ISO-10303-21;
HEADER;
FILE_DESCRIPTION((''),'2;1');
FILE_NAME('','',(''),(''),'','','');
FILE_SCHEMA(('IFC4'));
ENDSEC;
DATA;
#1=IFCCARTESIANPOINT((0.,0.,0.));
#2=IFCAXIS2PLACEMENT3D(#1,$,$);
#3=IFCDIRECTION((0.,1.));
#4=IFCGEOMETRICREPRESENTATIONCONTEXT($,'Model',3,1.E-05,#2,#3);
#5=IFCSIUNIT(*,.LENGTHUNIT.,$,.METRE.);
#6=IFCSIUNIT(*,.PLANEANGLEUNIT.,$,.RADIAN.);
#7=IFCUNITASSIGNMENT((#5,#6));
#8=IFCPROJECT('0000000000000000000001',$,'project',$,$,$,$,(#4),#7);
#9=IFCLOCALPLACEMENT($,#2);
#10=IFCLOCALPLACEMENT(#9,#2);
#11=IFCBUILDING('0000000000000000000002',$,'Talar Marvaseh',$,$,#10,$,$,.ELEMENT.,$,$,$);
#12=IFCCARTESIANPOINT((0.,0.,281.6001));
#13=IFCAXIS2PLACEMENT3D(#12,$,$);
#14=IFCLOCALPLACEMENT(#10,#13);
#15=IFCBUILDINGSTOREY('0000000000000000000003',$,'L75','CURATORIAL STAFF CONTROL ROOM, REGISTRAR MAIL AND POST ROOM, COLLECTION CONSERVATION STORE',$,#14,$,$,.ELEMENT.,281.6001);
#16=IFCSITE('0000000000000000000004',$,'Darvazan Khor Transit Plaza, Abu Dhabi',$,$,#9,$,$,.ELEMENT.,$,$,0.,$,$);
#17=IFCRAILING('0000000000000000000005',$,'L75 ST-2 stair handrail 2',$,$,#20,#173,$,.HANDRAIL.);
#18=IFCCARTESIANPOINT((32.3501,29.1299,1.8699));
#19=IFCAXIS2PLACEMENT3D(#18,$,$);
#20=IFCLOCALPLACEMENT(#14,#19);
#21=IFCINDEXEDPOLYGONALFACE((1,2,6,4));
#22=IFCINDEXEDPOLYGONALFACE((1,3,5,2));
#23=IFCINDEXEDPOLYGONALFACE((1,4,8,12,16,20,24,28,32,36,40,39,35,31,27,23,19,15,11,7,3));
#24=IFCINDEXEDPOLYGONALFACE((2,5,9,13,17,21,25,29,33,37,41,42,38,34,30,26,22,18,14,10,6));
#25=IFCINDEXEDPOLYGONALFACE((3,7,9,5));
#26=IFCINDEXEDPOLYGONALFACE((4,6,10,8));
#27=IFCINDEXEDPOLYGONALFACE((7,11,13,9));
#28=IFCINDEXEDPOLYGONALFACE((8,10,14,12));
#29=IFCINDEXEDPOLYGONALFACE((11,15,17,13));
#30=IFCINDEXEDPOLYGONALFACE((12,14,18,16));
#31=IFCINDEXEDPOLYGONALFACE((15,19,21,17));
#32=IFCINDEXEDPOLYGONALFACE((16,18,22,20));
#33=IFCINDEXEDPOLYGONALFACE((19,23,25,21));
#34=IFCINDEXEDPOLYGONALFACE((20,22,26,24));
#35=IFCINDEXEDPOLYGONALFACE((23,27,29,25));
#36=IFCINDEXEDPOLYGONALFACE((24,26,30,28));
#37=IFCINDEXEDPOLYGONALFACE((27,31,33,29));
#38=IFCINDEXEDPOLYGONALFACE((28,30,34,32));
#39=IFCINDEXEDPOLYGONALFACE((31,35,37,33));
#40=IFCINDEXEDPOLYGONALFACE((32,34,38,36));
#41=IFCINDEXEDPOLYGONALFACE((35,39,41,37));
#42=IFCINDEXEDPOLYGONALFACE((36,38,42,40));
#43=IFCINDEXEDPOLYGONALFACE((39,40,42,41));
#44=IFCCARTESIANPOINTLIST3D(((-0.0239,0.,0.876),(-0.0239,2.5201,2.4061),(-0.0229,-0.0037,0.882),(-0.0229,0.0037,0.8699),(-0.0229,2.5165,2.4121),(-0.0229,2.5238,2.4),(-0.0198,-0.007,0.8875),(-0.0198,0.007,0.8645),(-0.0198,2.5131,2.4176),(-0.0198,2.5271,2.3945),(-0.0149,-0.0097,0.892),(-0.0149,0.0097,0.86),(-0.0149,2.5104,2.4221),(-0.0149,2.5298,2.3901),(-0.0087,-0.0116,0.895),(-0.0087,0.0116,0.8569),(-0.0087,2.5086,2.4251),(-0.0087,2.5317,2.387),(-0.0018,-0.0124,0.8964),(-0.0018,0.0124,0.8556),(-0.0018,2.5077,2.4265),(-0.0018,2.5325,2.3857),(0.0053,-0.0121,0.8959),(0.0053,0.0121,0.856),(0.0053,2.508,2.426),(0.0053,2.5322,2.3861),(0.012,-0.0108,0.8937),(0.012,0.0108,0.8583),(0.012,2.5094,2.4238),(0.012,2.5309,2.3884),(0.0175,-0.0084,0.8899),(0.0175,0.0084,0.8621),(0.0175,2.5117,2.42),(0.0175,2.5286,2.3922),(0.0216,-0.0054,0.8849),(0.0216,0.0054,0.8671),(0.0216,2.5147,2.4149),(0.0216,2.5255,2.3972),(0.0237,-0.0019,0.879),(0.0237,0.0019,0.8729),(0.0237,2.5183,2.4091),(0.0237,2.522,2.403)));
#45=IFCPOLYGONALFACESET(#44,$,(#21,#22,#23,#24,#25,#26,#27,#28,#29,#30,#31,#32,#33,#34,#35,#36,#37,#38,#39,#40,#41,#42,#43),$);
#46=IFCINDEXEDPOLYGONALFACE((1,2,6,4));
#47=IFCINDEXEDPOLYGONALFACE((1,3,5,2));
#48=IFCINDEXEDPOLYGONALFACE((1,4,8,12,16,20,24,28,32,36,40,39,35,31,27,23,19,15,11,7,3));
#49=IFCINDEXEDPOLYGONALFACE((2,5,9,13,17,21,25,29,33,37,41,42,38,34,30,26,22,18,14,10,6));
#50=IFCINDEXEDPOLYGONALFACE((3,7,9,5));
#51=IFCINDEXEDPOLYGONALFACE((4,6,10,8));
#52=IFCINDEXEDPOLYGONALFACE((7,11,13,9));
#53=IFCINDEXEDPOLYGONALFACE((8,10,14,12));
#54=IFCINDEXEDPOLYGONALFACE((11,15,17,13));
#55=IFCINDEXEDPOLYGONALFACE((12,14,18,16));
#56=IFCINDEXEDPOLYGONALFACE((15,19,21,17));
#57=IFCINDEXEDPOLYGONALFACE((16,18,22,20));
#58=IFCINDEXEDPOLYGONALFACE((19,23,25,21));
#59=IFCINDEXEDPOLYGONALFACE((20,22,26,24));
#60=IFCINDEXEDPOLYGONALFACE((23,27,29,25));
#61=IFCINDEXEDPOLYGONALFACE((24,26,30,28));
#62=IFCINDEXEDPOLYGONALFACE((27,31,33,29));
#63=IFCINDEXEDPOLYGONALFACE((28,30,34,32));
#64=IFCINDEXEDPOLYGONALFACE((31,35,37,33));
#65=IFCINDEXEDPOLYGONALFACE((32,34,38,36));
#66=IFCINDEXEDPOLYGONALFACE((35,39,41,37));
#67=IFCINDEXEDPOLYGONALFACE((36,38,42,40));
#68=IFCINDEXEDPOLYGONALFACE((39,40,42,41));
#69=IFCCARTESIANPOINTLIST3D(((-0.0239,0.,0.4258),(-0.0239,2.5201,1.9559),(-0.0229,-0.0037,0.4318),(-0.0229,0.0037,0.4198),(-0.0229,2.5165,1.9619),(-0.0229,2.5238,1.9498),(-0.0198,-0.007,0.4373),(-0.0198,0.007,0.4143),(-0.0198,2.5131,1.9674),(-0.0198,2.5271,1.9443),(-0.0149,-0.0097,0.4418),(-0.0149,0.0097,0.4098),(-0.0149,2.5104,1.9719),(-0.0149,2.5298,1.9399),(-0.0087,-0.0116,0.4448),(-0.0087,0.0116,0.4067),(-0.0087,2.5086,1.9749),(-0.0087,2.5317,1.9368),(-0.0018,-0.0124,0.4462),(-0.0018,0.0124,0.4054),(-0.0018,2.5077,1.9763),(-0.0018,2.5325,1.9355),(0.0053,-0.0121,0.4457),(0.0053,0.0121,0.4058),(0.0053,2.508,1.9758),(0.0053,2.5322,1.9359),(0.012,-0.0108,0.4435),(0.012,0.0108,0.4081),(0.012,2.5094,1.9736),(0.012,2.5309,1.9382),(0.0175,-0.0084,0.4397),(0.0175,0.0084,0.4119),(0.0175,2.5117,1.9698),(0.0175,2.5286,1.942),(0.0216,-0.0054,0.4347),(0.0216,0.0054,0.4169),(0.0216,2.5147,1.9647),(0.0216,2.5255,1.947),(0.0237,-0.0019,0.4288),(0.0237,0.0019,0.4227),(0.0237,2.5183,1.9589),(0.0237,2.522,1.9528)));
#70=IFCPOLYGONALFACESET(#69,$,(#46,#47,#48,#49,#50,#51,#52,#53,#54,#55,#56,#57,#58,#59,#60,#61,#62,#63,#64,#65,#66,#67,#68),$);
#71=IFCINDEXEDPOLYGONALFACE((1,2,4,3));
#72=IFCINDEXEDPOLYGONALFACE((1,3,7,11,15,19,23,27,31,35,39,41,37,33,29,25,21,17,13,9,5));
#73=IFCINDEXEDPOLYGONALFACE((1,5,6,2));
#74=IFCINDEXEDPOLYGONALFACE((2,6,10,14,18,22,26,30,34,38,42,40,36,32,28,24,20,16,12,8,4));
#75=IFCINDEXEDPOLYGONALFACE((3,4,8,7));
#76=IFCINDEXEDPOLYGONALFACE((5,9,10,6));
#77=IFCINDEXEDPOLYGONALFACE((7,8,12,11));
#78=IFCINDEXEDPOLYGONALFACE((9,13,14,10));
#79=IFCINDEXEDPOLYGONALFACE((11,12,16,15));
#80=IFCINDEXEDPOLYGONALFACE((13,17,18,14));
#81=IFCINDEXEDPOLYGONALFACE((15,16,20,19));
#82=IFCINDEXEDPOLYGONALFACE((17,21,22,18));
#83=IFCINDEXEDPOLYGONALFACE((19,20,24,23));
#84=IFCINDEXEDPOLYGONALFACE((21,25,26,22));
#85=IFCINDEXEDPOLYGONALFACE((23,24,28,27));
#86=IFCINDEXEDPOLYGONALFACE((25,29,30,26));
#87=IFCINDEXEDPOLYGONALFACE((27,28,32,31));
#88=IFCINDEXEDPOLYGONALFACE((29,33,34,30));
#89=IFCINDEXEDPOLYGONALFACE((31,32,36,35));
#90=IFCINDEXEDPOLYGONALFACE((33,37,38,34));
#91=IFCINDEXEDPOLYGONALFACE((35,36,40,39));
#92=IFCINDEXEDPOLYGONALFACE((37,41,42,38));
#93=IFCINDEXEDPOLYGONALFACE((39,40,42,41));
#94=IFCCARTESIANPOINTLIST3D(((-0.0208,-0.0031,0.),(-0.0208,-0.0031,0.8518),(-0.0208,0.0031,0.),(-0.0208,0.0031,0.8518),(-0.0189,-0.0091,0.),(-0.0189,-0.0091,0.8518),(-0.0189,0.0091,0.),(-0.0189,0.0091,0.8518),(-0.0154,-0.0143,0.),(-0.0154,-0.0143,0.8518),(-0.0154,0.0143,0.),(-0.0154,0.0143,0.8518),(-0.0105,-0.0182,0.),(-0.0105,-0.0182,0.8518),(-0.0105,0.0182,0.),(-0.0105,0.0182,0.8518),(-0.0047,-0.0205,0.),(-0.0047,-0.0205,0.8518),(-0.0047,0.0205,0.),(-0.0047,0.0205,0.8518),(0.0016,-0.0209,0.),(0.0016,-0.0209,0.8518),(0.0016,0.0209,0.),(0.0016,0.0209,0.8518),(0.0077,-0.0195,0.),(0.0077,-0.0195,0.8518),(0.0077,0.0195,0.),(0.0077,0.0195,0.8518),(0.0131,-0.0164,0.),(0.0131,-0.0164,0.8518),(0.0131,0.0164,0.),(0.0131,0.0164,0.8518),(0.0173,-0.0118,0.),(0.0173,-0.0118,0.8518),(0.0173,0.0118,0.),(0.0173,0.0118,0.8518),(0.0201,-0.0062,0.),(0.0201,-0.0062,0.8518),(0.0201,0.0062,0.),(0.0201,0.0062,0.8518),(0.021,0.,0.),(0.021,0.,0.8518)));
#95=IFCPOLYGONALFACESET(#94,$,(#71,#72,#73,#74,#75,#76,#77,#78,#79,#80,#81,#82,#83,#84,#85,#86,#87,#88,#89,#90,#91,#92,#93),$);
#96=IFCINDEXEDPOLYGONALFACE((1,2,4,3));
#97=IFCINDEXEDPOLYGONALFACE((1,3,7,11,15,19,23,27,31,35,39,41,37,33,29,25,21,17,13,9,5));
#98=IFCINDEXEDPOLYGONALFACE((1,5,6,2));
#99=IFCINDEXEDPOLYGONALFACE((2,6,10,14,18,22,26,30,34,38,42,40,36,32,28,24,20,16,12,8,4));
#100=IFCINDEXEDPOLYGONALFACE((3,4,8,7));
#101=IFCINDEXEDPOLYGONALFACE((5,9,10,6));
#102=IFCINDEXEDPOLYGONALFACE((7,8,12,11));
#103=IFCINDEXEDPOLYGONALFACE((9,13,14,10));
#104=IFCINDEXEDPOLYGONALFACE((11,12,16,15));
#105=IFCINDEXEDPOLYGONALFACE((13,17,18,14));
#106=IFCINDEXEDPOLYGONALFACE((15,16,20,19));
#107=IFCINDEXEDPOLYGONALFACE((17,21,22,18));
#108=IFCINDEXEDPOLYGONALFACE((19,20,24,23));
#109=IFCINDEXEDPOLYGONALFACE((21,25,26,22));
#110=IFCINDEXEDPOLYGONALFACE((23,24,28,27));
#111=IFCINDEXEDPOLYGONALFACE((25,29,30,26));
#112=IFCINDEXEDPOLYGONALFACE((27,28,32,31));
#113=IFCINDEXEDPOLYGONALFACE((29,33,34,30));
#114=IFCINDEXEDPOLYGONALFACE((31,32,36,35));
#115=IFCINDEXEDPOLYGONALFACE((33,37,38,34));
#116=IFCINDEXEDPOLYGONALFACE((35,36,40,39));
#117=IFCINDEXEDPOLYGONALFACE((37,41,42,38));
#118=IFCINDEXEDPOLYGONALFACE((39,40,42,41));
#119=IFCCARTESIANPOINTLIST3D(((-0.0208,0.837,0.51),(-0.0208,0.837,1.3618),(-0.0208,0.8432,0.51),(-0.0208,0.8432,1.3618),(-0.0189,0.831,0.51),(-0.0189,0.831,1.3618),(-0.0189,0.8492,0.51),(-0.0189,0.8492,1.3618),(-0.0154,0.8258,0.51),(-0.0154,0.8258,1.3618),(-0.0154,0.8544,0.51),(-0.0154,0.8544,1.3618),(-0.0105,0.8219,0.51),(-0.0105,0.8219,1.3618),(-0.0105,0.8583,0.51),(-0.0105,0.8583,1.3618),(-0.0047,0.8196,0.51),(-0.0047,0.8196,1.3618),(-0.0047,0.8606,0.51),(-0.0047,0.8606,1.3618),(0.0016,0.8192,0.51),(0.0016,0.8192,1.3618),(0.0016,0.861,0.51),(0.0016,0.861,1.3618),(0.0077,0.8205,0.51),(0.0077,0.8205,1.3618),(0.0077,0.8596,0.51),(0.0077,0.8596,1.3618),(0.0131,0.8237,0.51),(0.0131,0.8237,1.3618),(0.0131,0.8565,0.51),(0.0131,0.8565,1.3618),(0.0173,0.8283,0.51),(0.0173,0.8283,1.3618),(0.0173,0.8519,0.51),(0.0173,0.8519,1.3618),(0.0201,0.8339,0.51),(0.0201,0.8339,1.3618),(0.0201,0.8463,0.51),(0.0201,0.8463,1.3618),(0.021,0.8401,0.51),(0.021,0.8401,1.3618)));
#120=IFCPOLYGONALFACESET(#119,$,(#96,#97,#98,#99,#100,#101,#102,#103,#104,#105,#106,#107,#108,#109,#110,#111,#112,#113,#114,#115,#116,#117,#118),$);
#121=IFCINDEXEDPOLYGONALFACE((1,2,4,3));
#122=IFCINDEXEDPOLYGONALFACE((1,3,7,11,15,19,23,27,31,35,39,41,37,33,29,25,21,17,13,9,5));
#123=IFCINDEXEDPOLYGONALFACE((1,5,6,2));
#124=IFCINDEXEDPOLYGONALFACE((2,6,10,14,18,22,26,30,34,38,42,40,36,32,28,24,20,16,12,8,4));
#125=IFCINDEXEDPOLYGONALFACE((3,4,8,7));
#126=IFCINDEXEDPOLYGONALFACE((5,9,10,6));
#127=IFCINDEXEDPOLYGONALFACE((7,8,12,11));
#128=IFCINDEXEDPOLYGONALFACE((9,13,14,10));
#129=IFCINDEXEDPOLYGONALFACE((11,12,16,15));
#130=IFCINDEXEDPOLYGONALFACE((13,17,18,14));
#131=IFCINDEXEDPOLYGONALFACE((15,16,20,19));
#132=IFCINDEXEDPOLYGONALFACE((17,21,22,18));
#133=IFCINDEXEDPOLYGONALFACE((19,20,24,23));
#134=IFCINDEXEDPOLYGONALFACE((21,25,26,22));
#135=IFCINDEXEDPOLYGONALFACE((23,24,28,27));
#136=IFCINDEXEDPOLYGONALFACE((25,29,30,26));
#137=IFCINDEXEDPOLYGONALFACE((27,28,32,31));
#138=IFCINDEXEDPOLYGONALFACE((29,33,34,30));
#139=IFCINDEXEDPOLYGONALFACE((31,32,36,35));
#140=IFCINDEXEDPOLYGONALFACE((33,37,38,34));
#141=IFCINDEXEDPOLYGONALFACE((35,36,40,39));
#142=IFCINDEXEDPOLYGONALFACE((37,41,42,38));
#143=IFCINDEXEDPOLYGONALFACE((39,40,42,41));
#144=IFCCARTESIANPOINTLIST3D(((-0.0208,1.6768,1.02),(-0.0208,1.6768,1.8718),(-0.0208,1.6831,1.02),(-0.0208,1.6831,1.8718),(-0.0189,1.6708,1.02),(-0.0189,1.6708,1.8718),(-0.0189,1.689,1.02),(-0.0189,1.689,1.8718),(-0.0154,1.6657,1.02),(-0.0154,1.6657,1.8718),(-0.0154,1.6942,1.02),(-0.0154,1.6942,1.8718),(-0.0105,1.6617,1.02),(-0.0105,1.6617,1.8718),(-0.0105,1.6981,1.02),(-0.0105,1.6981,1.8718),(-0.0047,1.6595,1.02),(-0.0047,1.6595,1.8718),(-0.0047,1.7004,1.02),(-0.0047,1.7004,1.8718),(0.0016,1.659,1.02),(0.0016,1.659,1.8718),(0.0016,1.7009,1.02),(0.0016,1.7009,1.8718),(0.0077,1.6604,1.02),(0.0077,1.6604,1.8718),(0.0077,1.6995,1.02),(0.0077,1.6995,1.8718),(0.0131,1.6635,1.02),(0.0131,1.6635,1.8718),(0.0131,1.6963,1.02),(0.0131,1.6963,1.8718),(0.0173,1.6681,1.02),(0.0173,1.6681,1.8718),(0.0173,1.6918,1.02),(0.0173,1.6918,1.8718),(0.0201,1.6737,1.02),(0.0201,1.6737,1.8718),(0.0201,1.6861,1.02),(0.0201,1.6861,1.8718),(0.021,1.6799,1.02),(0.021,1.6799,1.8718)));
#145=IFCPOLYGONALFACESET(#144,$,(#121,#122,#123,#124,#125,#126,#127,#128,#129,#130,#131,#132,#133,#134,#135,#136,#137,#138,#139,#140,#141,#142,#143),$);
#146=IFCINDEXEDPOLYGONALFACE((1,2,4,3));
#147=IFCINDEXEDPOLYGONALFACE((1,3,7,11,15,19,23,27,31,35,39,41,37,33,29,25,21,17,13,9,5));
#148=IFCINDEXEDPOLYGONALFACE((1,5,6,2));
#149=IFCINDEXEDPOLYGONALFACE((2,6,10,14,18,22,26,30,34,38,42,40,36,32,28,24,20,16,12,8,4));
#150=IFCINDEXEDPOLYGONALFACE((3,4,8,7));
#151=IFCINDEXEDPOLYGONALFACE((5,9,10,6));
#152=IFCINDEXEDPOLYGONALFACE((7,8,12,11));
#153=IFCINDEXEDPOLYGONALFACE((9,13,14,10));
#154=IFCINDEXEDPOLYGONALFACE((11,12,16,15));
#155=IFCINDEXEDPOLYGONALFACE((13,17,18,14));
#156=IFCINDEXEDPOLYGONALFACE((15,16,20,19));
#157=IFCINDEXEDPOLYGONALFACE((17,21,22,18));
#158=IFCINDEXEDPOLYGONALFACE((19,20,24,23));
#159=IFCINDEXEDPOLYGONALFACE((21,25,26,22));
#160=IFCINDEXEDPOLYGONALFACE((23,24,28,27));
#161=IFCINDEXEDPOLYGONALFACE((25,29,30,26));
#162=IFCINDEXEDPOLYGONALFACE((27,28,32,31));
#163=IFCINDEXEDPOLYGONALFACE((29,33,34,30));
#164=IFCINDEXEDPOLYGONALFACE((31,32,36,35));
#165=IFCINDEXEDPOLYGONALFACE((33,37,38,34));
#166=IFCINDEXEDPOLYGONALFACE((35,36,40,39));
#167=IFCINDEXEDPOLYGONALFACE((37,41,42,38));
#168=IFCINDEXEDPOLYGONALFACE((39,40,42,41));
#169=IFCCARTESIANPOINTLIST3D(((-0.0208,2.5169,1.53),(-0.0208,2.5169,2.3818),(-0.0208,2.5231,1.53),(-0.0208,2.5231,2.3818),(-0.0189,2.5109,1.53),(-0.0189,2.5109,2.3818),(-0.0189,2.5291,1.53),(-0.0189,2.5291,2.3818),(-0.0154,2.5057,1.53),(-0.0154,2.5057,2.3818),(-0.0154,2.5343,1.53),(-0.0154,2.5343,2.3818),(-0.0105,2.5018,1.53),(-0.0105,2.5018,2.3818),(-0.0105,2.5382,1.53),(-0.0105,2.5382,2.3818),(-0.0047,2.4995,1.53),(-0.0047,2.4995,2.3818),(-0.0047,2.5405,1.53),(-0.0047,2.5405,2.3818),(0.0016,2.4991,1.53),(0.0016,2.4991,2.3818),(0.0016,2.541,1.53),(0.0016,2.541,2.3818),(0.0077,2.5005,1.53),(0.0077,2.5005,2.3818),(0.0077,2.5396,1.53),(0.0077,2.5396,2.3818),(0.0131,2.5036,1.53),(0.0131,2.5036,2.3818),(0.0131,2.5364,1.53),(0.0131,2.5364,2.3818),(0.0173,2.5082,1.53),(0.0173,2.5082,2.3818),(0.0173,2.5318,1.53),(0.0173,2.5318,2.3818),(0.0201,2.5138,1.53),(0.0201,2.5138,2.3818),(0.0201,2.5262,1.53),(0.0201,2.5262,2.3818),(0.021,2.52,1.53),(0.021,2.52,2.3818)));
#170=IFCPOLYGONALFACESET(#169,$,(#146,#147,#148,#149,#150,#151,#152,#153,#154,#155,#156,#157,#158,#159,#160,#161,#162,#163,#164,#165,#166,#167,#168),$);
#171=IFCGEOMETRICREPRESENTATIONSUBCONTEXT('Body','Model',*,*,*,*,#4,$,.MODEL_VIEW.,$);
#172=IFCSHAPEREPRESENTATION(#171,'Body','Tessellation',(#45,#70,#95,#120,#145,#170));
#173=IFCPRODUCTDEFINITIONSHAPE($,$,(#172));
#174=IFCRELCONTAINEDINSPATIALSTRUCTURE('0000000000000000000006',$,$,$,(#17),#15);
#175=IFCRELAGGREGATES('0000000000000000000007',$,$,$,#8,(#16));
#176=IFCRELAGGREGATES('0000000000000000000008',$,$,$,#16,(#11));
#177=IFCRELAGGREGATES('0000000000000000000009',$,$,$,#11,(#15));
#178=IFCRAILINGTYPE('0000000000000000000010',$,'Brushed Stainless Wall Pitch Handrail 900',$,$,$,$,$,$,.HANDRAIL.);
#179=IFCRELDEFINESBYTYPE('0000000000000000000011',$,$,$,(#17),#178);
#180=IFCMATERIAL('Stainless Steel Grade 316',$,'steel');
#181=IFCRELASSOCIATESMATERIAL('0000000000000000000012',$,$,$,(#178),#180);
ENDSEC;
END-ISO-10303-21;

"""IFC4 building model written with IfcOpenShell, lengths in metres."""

from ifc_helpers import new_model, si_unit, direction, frame, origin, origin_2d, place, context, subcontext, project, spatial, circle, extrude, material, type_object, element, save


model = new_model("IFC4")

# Units and contexts
model_context = context("Model", 3, precision=1e-05, world=origin(), true_north=direction((0.0, 1.0)))
body_context = subcontext(model_context, "Body", "Model", "MODEL_VIEW")
ifc_project = project(units=[si_unit("LENGTHUNIT", "METRE"), si_unit("PLANEANGLEUNIT", "RADIAN")], contexts=[model_context])

# Site, building, storey
site_placement = place(None, origin())
site = spatial("IfcSite", under=ifc_project, at=site_placement, Name="Darvazan Khor Transit Plaza, Abu Dhabi", CompositionType="ELEMENT", RefElevation=0.0)
building_placement = place(site_placement, origin())
building = spatial("IfcBuilding", under=site, at=building_placement, Name="Talar Marvaseh", CompositionType="ELEMENT")
storey_placement = place(building_placement, frame((0.0, 0.0, 281.6001)))
storey = spatial("IfcBuildingStorey", under=building, at=storey_placement, Name="L75", Description="CURATORIAL STAFF CONTROL ROOM, REGISTRAR MAIL AND POST ROOM, COLLECTION CONSERVATION STORE", CompositionType="ELEMENT", Elevation=281.6001)

# Shared definitions
ifc_material_1 = material(Name="Stainless Steel Grade 316", Category="steel")

# Railing
railing_type_1 = type_object("IfcRailingType", Name="Brushed Stainless Wall Pitch Handrail 900", PredefinedType="HANDRAIL", material=ifc_material_1)
railing_1_placement = place(storey_placement, frame((32.3501, 29.1299, 1.8699)))
element("IfcRailing", 1, at=railing_1_placement, inside=storey, type_object=railing_type_1, Name="L75 ST-2 stair handrail 2", PredefinedType="HANDRAIL", context=body_context, shape_type="SweptSolid", body=[
    extrude(circle(Radius=0.0239, at=origin_2d()), frame((0.0, 0.0, 0.876), z_axis=(0.0, 0.854785, 0.518982), x_axis=(-1.0, 0.0, 0.0)), (0.0, 0.0, 1.0), 2.9482),
    extrude(circle(Radius=0.0239, at=origin_2d()), frame((0.0, 0.0, 0.4258), z_axis=(0.0, 0.854785, 0.518982), x_axis=(-1.0, 0.0, 0.0)), (0.0, 0.0, 1.0), 2.9482),
    extrude(circle(Radius=0.021, at=origin_2d()), origin(), (0.0, 0.0, 1.0), 0.8518),
    extrude(circle(Radius=0.021, at=origin_2d()), frame((0.0, 0.8401, 0.51)), (0.0, 0.0, 1.0), 0.8518),
    extrude(circle(Radius=0.021, at=origin_2d()), frame((0.0, 1.6799, 1.02)), (0.0, 0.0, 1.0), 0.8518),
    extrude(circle(Radius=0.021, at=origin_2d()), frame((0.0, 2.52, 1.53)), (0.0, 0.0, 1.0), 0.8518),
])

save(model, "model.ifc")
